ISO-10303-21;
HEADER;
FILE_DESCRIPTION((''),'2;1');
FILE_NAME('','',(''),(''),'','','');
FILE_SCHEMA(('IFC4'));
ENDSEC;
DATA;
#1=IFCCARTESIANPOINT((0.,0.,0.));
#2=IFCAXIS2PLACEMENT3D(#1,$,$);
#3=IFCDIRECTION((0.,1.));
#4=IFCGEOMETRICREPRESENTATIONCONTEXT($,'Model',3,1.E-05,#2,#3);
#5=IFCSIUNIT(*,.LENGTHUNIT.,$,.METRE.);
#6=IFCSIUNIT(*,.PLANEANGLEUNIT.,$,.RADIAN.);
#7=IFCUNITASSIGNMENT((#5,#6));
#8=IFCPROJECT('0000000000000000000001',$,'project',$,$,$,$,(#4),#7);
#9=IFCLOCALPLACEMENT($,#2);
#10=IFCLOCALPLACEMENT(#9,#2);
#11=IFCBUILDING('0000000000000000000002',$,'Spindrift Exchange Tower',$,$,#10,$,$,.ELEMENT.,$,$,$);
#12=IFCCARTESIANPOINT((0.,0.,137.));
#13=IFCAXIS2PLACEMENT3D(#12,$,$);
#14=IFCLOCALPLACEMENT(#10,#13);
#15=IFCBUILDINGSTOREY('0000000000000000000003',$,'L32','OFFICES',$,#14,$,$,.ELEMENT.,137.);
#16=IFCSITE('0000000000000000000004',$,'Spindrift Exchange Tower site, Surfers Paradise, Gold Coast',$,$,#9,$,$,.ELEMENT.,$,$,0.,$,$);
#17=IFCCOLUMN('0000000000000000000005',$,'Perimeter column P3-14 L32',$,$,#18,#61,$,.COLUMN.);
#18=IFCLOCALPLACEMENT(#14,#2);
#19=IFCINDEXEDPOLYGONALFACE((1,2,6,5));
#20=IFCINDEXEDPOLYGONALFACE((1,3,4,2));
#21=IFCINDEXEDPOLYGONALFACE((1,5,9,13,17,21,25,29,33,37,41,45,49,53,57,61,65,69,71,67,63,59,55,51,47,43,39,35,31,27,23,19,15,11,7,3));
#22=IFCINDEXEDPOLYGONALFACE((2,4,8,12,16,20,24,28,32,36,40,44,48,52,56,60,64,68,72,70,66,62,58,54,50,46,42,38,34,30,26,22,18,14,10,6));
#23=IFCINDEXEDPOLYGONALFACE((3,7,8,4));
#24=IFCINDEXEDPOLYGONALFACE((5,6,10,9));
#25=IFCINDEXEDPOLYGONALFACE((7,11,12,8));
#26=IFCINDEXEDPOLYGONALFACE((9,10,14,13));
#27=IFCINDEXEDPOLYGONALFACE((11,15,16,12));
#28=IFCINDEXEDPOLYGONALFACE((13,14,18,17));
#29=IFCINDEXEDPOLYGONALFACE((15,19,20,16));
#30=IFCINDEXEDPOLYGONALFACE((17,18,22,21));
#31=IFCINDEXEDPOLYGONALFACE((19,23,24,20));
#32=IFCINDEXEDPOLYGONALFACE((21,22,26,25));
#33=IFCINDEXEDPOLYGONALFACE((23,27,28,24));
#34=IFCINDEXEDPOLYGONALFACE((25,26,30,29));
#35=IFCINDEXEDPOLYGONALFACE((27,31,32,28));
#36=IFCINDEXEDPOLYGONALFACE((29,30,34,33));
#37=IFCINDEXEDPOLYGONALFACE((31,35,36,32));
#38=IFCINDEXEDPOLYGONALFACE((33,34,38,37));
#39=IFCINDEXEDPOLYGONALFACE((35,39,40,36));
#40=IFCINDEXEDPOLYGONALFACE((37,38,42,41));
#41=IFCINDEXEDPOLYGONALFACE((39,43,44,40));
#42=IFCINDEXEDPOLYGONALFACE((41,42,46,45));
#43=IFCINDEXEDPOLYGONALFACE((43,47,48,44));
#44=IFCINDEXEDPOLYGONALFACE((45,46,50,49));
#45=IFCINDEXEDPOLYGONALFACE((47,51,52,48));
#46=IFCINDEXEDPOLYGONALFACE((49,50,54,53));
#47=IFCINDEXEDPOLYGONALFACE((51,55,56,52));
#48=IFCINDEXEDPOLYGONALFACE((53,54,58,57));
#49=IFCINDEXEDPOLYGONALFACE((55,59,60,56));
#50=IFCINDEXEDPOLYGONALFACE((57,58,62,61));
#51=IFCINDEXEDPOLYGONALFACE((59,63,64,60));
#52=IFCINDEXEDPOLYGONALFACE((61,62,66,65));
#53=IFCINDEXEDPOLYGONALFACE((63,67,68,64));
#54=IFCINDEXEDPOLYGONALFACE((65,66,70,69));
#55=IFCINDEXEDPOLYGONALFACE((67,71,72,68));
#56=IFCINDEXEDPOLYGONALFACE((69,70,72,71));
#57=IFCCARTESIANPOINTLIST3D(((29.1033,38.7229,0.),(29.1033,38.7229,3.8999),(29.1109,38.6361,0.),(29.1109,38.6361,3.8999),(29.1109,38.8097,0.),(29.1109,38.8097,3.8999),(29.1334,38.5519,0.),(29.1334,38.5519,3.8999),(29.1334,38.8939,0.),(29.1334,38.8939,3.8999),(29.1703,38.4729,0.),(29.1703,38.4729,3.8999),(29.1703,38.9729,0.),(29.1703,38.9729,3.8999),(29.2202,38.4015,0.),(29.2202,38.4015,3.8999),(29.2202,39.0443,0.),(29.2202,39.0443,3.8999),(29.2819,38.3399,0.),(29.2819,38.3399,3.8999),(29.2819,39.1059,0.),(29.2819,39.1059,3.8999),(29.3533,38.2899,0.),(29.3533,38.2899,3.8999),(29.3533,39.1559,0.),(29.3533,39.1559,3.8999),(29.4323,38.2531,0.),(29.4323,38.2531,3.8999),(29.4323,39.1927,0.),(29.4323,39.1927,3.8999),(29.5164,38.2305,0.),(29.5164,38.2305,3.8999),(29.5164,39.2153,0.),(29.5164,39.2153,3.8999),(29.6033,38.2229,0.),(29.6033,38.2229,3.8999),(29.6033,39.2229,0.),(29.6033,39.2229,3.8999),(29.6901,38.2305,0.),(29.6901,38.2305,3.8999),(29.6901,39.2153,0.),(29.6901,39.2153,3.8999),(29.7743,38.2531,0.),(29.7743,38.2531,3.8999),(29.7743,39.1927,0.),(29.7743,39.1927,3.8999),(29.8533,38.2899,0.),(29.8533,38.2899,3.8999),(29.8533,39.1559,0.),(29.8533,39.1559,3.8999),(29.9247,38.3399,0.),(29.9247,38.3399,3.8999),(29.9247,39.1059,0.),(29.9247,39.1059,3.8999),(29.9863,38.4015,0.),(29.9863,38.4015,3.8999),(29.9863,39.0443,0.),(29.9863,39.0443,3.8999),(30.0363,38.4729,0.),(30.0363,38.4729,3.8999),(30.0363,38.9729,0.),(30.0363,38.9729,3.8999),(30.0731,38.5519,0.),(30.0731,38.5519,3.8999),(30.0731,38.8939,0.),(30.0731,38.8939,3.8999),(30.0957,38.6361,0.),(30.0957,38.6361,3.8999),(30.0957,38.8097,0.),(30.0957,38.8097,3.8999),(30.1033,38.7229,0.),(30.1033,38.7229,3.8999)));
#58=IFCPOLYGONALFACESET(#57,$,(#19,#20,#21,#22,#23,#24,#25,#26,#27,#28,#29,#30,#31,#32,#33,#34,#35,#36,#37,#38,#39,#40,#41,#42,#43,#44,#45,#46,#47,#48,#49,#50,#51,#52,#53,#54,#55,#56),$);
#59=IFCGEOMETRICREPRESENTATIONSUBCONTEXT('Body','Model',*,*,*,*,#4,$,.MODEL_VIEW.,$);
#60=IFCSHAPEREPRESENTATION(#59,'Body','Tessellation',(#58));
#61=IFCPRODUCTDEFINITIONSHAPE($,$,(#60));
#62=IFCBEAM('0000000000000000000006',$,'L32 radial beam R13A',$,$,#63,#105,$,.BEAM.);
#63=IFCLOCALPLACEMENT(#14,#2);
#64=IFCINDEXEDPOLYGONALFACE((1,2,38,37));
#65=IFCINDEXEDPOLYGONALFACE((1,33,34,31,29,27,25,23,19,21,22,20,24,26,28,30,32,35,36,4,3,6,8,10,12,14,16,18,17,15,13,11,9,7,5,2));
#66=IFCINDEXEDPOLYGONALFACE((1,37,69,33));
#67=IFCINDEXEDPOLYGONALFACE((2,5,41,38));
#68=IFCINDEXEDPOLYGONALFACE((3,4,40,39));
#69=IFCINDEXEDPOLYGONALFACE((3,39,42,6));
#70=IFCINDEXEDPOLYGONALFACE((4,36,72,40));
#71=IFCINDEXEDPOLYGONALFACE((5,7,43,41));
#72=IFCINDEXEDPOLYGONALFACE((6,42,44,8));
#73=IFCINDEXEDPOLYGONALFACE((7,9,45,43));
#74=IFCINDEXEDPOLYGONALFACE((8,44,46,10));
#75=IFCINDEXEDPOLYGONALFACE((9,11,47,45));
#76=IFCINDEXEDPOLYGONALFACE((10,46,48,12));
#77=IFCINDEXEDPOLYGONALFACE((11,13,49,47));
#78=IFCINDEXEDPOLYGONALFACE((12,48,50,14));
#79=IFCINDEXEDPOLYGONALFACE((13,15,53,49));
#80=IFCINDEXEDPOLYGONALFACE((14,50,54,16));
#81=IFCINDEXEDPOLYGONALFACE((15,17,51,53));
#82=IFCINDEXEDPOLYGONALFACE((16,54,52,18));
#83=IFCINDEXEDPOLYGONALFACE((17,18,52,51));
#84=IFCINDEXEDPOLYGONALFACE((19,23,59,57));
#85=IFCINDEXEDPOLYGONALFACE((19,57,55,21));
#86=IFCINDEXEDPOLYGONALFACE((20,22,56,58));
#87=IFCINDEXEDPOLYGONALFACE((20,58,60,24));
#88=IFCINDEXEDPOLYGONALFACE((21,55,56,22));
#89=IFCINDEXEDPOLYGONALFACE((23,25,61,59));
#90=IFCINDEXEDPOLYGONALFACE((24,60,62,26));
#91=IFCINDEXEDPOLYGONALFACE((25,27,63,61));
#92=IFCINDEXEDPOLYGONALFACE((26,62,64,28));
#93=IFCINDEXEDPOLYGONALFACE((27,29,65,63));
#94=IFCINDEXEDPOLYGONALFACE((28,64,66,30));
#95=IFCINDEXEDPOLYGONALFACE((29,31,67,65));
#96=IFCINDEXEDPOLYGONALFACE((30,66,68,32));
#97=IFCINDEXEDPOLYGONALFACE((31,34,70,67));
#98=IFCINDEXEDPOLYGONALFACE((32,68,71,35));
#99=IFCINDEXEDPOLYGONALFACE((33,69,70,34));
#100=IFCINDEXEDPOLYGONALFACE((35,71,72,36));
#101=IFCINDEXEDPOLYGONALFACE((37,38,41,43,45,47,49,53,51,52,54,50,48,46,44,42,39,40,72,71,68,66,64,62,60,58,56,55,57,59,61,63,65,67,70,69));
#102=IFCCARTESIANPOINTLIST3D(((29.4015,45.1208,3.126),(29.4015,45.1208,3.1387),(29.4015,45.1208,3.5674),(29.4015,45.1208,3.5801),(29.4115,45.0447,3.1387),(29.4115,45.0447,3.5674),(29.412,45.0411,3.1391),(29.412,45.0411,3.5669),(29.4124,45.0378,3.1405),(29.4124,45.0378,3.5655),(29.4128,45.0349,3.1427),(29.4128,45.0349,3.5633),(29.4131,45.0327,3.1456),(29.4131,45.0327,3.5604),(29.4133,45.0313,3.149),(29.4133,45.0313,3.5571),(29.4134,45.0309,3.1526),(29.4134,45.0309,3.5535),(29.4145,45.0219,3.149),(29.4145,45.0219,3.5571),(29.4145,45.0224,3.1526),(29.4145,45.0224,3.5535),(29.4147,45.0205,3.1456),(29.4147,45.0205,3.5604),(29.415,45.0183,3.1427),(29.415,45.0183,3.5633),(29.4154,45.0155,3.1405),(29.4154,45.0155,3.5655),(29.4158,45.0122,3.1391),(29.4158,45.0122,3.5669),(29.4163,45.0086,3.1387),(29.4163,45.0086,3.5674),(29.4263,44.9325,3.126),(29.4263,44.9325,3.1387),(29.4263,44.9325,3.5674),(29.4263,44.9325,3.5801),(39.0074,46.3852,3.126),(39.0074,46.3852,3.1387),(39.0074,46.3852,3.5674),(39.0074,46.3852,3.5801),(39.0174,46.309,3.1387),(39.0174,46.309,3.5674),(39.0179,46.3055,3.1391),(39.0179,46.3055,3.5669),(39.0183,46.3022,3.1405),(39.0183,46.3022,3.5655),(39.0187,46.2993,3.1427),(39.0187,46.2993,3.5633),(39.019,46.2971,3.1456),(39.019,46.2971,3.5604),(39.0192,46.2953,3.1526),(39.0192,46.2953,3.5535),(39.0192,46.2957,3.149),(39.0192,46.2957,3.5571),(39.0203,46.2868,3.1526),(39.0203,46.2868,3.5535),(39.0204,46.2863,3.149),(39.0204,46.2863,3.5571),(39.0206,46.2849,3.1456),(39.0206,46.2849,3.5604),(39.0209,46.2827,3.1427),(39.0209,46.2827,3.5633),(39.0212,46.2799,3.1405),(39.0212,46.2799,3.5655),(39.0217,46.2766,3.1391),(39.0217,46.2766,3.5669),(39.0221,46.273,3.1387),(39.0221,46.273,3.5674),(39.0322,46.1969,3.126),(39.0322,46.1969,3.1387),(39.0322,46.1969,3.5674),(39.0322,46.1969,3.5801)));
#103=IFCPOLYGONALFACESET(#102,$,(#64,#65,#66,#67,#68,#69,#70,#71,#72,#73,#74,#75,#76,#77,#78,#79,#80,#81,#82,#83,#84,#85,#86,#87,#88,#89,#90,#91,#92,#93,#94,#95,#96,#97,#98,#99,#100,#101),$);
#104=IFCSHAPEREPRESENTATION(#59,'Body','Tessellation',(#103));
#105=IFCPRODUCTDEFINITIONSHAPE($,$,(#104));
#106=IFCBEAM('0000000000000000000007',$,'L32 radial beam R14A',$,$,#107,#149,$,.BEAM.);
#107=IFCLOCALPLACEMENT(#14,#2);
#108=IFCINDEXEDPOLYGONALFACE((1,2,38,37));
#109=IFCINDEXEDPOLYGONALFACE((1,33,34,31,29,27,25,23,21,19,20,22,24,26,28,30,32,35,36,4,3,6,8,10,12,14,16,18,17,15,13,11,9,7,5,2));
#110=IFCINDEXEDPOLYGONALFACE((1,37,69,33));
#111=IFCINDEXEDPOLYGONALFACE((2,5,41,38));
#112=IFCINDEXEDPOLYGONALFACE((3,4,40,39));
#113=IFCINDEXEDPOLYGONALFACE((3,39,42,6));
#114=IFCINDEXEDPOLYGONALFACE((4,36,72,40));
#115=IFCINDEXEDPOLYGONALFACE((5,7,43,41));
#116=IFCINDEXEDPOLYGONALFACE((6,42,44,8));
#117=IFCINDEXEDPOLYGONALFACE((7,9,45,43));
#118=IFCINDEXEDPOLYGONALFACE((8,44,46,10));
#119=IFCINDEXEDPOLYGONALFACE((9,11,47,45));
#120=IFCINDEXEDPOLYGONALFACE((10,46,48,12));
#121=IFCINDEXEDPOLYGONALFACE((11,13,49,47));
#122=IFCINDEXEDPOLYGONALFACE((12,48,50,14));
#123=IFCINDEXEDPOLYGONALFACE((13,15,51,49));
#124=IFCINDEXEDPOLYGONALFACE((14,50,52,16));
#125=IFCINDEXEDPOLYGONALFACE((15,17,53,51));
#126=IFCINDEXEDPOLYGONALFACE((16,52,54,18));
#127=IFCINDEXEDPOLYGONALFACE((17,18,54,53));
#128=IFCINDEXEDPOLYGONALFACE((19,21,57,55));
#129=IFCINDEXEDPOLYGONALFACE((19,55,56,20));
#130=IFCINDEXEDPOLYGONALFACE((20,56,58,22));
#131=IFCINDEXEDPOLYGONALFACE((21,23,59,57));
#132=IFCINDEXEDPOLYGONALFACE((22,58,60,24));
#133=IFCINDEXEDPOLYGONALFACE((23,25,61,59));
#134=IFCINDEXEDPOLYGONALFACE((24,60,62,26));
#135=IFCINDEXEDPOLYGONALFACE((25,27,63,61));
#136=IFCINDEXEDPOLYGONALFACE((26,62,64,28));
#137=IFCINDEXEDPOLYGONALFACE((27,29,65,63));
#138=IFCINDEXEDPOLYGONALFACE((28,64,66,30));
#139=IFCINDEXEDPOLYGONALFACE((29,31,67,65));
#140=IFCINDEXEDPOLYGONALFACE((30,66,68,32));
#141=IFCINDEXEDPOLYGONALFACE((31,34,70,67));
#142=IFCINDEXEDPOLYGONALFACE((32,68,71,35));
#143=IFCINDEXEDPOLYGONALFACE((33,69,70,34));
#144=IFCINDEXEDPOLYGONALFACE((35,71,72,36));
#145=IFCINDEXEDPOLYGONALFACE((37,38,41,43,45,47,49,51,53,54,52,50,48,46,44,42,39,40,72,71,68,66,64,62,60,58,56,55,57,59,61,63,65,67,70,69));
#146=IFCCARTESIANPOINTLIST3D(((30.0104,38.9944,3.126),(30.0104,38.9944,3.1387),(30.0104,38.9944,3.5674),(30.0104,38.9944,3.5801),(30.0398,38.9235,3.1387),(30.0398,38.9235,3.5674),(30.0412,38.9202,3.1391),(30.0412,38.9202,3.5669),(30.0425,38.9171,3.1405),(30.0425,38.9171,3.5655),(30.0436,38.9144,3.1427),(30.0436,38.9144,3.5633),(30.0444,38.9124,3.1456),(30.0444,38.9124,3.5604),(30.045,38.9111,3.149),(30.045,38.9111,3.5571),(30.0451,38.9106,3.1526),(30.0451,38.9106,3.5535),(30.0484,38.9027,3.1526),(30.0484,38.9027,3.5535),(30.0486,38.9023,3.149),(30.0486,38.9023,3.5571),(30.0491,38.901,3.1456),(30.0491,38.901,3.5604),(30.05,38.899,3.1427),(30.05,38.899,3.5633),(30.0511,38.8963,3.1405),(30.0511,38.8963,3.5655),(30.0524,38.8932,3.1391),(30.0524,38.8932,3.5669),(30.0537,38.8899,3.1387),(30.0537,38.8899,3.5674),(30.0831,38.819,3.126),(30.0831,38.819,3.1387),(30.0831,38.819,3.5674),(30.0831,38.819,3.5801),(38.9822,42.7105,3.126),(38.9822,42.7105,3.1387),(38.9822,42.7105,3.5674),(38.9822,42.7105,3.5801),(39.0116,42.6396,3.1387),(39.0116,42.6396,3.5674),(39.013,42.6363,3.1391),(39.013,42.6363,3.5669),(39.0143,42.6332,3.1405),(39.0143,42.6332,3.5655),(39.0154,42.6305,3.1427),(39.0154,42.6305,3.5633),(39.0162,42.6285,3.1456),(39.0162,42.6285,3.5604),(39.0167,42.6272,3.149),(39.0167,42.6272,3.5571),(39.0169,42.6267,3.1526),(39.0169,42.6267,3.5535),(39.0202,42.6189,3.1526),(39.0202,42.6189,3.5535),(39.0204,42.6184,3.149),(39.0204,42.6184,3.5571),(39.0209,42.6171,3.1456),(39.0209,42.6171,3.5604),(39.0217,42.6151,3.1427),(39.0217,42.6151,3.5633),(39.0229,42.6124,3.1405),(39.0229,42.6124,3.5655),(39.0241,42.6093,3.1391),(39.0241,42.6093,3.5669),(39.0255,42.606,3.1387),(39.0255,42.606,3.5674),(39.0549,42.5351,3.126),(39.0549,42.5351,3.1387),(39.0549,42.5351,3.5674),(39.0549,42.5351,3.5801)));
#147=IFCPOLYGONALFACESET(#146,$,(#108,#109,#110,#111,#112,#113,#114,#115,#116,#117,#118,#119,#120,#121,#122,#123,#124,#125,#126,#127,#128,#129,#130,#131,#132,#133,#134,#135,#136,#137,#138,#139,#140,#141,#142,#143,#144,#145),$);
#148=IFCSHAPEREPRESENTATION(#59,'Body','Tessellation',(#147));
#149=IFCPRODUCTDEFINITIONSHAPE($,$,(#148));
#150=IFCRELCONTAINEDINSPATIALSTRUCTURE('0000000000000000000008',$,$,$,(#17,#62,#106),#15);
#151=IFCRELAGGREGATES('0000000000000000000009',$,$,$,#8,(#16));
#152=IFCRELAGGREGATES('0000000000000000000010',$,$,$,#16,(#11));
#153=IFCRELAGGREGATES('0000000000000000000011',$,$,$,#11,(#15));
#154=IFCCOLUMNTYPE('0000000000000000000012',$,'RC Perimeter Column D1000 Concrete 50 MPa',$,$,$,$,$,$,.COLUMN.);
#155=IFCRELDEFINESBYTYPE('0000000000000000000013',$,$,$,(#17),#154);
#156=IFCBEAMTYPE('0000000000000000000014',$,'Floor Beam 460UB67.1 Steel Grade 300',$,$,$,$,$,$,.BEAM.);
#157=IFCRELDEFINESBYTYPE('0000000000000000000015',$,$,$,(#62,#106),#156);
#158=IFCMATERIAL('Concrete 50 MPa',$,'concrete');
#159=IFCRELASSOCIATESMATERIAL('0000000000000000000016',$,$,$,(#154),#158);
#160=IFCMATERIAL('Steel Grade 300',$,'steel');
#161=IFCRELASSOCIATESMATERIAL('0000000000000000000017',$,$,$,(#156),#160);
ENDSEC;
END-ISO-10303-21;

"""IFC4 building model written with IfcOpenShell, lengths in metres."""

from ifc_helpers import new_model, si_unit, direction, frame, origin, origin_2d, place, context, subcontext, project, spatial, circle, i_section, extrude, source, transform, mapped, material, material_profile, profile_set, type_object, element, save


model = new_model("IFC4")

# Units and contexts
model_context = context("Model", 3, precision=1e-05, world=origin(), true_north=direction((0.0, 1.0)))
body_context = subcontext(model_context, "Body", "Model", "MODEL_VIEW")
ifc_project = project(units=[si_unit("LENGTHUNIT", "METRE"), si_unit("PLANEANGLEUNIT", "RADIAN")], contexts=[model_context])

# Site, building, storey
site_placement = place(None, origin())
site = spatial("IfcSite", under=ifc_project, at=site_placement, Name="Spindrift Exchange Tower site, Surfers Paradise, Gold Coast", CompositionType="ELEMENT", RefElevation=0.0)
building_placement = place(site_placement, origin())
building = spatial("IfcBuilding", under=site, at=building_placement, Name="Spindrift Exchange Tower", CompositionType="ELEMENT")
storey_placement = place(building_placement, frame((0.0, 0.0, 137.0)))
storey = spatial("IfcBuildingStorey", under=building, at=storey_placement, Name="L32", Description="OFFICES", CompositionType="ELEMENT", Elevation=137.0)

# Column
ifc_material_1 = material(Name="Concrete 50 MPa", Category="concrete")
ifc_material_profile_1 = material_profile(ifc_material_1, circle(Radius=0.5, at=origin_2d()), Name="RC D1000")
ifc_profile_set_1 = profile_set([ifc_material_profile_1], Name="Concrete 50 MPa")
column_type = type_object("IfcColumnType", Name="RC Perimeter Column D1000 Concrete 50 MPa", PredefinedType="COLUMN", material=ifc_profile_set_1)
shared_shape_1 = source(origin(), body_context, "Body", "SweptSolid", [
    extrude(circle(Radius=0.5, at=origin_2d()), origin(), (0.0, 0.0, 1.0), 3.8999),
])
column_placement = place(storey_placement, frame((29.6033, 38.7229, 0.0), z_axis=(0.0, 0.0, 1.0), x_axis=(1.0, 0.0, 0.0)))
element("IfcColumn", 1, at=column_placement, inside=storey, type_object=column_type, Name="Perimeter column P3-14 L32", PredefinedType="COLUMN", context=body_context, shape_type="MappedRepresentation", body=[
    mapped(shared_shape_1, transform((0.0, 0.0, 0.0), scale=1.0)),
])

# Beams
ifc_material_2 = material(Name="Steel Grade 300", Category="steel")
ifc_material_profile_2 = material_profile(ifc_material_2, i_section(OverallWidth=0.1899, OverallDepth=0.4541, WebThickness=0.0085, FlangeThickness=0.0127, FilletRadius=0.0139, at=origin_2d()), Name="460UB67.1")
ifc_profile_set_2 = profile_set([ifc_material_profile_2], Name="Steel Grade 300")
beam_type_1 = type_object("IfcBeamType", Name="Floor Beam 460UB67.1 Steel Grade 300", PredefinedType="BEAM", material=ifc_profile_set_2)
shared_shape_2 = source(origin(), body_context, "Body", "SweptSolid", [
    extrude(i_section(OverallWidth=0.1899, OverallDepth=0.4541, WebThickness=0.0085, FlangeThickness=0.0127, FilletRadius=0.0139, at=origin_2d()), origin(), (0.0, 0.0, 1.0), 9.6887),
])
beam_1_placement = place(storey_placement, frame((39.0198, 46.291, 3.353), z_axis=(-0.991448, -0.130501, 0.0), x_axis=(0.130501, -0.991448, 0.0)))
element("IfcBeam", 2, at=beam_1_placement, inside=storey, type_object=beam_type_1, Name="L32 radial beam R13A", PredefinedType="BEAM", context=body_context, shape_type="MappedRepresentation", body=[
    mapped(shared_shape_2, transform((0.0, 0.0, 0.0), scale=1.0)),
])
shared_shape_3 = source(origin(), body_context, "Body", "SweptSolid", [
    extrude(i_section(OverallWidth=0.1899, OverallDepth=0.4541, WebThickness=0.0085, FlangeThickness=0.0127, FilletRadius=0.0139, at=origin_2d()), origin(), (0.0, 0.0, 1.0), 9.7109),
])
beam_2_placement = place(storey_placement, frame((39.0186, 42.6228, 3.353), z_axis=(-0.923884, -0.382672, 0.0), x_axis=(0.382672, -0.923884, 0.0)))
element("IfcBeam", 3, at=beam_2_placement, inside=storey, type_object=beam_type_1, Name="L32 radial beam R14A", PredefinedType="BEAM", context=body_context, shape_type="MappedRepresentation", body=[
    mapped(shared_shape_3, transform((0.0, 0.0, 0.0), scale=1.0)),
])

save(model, "model.ifc")
